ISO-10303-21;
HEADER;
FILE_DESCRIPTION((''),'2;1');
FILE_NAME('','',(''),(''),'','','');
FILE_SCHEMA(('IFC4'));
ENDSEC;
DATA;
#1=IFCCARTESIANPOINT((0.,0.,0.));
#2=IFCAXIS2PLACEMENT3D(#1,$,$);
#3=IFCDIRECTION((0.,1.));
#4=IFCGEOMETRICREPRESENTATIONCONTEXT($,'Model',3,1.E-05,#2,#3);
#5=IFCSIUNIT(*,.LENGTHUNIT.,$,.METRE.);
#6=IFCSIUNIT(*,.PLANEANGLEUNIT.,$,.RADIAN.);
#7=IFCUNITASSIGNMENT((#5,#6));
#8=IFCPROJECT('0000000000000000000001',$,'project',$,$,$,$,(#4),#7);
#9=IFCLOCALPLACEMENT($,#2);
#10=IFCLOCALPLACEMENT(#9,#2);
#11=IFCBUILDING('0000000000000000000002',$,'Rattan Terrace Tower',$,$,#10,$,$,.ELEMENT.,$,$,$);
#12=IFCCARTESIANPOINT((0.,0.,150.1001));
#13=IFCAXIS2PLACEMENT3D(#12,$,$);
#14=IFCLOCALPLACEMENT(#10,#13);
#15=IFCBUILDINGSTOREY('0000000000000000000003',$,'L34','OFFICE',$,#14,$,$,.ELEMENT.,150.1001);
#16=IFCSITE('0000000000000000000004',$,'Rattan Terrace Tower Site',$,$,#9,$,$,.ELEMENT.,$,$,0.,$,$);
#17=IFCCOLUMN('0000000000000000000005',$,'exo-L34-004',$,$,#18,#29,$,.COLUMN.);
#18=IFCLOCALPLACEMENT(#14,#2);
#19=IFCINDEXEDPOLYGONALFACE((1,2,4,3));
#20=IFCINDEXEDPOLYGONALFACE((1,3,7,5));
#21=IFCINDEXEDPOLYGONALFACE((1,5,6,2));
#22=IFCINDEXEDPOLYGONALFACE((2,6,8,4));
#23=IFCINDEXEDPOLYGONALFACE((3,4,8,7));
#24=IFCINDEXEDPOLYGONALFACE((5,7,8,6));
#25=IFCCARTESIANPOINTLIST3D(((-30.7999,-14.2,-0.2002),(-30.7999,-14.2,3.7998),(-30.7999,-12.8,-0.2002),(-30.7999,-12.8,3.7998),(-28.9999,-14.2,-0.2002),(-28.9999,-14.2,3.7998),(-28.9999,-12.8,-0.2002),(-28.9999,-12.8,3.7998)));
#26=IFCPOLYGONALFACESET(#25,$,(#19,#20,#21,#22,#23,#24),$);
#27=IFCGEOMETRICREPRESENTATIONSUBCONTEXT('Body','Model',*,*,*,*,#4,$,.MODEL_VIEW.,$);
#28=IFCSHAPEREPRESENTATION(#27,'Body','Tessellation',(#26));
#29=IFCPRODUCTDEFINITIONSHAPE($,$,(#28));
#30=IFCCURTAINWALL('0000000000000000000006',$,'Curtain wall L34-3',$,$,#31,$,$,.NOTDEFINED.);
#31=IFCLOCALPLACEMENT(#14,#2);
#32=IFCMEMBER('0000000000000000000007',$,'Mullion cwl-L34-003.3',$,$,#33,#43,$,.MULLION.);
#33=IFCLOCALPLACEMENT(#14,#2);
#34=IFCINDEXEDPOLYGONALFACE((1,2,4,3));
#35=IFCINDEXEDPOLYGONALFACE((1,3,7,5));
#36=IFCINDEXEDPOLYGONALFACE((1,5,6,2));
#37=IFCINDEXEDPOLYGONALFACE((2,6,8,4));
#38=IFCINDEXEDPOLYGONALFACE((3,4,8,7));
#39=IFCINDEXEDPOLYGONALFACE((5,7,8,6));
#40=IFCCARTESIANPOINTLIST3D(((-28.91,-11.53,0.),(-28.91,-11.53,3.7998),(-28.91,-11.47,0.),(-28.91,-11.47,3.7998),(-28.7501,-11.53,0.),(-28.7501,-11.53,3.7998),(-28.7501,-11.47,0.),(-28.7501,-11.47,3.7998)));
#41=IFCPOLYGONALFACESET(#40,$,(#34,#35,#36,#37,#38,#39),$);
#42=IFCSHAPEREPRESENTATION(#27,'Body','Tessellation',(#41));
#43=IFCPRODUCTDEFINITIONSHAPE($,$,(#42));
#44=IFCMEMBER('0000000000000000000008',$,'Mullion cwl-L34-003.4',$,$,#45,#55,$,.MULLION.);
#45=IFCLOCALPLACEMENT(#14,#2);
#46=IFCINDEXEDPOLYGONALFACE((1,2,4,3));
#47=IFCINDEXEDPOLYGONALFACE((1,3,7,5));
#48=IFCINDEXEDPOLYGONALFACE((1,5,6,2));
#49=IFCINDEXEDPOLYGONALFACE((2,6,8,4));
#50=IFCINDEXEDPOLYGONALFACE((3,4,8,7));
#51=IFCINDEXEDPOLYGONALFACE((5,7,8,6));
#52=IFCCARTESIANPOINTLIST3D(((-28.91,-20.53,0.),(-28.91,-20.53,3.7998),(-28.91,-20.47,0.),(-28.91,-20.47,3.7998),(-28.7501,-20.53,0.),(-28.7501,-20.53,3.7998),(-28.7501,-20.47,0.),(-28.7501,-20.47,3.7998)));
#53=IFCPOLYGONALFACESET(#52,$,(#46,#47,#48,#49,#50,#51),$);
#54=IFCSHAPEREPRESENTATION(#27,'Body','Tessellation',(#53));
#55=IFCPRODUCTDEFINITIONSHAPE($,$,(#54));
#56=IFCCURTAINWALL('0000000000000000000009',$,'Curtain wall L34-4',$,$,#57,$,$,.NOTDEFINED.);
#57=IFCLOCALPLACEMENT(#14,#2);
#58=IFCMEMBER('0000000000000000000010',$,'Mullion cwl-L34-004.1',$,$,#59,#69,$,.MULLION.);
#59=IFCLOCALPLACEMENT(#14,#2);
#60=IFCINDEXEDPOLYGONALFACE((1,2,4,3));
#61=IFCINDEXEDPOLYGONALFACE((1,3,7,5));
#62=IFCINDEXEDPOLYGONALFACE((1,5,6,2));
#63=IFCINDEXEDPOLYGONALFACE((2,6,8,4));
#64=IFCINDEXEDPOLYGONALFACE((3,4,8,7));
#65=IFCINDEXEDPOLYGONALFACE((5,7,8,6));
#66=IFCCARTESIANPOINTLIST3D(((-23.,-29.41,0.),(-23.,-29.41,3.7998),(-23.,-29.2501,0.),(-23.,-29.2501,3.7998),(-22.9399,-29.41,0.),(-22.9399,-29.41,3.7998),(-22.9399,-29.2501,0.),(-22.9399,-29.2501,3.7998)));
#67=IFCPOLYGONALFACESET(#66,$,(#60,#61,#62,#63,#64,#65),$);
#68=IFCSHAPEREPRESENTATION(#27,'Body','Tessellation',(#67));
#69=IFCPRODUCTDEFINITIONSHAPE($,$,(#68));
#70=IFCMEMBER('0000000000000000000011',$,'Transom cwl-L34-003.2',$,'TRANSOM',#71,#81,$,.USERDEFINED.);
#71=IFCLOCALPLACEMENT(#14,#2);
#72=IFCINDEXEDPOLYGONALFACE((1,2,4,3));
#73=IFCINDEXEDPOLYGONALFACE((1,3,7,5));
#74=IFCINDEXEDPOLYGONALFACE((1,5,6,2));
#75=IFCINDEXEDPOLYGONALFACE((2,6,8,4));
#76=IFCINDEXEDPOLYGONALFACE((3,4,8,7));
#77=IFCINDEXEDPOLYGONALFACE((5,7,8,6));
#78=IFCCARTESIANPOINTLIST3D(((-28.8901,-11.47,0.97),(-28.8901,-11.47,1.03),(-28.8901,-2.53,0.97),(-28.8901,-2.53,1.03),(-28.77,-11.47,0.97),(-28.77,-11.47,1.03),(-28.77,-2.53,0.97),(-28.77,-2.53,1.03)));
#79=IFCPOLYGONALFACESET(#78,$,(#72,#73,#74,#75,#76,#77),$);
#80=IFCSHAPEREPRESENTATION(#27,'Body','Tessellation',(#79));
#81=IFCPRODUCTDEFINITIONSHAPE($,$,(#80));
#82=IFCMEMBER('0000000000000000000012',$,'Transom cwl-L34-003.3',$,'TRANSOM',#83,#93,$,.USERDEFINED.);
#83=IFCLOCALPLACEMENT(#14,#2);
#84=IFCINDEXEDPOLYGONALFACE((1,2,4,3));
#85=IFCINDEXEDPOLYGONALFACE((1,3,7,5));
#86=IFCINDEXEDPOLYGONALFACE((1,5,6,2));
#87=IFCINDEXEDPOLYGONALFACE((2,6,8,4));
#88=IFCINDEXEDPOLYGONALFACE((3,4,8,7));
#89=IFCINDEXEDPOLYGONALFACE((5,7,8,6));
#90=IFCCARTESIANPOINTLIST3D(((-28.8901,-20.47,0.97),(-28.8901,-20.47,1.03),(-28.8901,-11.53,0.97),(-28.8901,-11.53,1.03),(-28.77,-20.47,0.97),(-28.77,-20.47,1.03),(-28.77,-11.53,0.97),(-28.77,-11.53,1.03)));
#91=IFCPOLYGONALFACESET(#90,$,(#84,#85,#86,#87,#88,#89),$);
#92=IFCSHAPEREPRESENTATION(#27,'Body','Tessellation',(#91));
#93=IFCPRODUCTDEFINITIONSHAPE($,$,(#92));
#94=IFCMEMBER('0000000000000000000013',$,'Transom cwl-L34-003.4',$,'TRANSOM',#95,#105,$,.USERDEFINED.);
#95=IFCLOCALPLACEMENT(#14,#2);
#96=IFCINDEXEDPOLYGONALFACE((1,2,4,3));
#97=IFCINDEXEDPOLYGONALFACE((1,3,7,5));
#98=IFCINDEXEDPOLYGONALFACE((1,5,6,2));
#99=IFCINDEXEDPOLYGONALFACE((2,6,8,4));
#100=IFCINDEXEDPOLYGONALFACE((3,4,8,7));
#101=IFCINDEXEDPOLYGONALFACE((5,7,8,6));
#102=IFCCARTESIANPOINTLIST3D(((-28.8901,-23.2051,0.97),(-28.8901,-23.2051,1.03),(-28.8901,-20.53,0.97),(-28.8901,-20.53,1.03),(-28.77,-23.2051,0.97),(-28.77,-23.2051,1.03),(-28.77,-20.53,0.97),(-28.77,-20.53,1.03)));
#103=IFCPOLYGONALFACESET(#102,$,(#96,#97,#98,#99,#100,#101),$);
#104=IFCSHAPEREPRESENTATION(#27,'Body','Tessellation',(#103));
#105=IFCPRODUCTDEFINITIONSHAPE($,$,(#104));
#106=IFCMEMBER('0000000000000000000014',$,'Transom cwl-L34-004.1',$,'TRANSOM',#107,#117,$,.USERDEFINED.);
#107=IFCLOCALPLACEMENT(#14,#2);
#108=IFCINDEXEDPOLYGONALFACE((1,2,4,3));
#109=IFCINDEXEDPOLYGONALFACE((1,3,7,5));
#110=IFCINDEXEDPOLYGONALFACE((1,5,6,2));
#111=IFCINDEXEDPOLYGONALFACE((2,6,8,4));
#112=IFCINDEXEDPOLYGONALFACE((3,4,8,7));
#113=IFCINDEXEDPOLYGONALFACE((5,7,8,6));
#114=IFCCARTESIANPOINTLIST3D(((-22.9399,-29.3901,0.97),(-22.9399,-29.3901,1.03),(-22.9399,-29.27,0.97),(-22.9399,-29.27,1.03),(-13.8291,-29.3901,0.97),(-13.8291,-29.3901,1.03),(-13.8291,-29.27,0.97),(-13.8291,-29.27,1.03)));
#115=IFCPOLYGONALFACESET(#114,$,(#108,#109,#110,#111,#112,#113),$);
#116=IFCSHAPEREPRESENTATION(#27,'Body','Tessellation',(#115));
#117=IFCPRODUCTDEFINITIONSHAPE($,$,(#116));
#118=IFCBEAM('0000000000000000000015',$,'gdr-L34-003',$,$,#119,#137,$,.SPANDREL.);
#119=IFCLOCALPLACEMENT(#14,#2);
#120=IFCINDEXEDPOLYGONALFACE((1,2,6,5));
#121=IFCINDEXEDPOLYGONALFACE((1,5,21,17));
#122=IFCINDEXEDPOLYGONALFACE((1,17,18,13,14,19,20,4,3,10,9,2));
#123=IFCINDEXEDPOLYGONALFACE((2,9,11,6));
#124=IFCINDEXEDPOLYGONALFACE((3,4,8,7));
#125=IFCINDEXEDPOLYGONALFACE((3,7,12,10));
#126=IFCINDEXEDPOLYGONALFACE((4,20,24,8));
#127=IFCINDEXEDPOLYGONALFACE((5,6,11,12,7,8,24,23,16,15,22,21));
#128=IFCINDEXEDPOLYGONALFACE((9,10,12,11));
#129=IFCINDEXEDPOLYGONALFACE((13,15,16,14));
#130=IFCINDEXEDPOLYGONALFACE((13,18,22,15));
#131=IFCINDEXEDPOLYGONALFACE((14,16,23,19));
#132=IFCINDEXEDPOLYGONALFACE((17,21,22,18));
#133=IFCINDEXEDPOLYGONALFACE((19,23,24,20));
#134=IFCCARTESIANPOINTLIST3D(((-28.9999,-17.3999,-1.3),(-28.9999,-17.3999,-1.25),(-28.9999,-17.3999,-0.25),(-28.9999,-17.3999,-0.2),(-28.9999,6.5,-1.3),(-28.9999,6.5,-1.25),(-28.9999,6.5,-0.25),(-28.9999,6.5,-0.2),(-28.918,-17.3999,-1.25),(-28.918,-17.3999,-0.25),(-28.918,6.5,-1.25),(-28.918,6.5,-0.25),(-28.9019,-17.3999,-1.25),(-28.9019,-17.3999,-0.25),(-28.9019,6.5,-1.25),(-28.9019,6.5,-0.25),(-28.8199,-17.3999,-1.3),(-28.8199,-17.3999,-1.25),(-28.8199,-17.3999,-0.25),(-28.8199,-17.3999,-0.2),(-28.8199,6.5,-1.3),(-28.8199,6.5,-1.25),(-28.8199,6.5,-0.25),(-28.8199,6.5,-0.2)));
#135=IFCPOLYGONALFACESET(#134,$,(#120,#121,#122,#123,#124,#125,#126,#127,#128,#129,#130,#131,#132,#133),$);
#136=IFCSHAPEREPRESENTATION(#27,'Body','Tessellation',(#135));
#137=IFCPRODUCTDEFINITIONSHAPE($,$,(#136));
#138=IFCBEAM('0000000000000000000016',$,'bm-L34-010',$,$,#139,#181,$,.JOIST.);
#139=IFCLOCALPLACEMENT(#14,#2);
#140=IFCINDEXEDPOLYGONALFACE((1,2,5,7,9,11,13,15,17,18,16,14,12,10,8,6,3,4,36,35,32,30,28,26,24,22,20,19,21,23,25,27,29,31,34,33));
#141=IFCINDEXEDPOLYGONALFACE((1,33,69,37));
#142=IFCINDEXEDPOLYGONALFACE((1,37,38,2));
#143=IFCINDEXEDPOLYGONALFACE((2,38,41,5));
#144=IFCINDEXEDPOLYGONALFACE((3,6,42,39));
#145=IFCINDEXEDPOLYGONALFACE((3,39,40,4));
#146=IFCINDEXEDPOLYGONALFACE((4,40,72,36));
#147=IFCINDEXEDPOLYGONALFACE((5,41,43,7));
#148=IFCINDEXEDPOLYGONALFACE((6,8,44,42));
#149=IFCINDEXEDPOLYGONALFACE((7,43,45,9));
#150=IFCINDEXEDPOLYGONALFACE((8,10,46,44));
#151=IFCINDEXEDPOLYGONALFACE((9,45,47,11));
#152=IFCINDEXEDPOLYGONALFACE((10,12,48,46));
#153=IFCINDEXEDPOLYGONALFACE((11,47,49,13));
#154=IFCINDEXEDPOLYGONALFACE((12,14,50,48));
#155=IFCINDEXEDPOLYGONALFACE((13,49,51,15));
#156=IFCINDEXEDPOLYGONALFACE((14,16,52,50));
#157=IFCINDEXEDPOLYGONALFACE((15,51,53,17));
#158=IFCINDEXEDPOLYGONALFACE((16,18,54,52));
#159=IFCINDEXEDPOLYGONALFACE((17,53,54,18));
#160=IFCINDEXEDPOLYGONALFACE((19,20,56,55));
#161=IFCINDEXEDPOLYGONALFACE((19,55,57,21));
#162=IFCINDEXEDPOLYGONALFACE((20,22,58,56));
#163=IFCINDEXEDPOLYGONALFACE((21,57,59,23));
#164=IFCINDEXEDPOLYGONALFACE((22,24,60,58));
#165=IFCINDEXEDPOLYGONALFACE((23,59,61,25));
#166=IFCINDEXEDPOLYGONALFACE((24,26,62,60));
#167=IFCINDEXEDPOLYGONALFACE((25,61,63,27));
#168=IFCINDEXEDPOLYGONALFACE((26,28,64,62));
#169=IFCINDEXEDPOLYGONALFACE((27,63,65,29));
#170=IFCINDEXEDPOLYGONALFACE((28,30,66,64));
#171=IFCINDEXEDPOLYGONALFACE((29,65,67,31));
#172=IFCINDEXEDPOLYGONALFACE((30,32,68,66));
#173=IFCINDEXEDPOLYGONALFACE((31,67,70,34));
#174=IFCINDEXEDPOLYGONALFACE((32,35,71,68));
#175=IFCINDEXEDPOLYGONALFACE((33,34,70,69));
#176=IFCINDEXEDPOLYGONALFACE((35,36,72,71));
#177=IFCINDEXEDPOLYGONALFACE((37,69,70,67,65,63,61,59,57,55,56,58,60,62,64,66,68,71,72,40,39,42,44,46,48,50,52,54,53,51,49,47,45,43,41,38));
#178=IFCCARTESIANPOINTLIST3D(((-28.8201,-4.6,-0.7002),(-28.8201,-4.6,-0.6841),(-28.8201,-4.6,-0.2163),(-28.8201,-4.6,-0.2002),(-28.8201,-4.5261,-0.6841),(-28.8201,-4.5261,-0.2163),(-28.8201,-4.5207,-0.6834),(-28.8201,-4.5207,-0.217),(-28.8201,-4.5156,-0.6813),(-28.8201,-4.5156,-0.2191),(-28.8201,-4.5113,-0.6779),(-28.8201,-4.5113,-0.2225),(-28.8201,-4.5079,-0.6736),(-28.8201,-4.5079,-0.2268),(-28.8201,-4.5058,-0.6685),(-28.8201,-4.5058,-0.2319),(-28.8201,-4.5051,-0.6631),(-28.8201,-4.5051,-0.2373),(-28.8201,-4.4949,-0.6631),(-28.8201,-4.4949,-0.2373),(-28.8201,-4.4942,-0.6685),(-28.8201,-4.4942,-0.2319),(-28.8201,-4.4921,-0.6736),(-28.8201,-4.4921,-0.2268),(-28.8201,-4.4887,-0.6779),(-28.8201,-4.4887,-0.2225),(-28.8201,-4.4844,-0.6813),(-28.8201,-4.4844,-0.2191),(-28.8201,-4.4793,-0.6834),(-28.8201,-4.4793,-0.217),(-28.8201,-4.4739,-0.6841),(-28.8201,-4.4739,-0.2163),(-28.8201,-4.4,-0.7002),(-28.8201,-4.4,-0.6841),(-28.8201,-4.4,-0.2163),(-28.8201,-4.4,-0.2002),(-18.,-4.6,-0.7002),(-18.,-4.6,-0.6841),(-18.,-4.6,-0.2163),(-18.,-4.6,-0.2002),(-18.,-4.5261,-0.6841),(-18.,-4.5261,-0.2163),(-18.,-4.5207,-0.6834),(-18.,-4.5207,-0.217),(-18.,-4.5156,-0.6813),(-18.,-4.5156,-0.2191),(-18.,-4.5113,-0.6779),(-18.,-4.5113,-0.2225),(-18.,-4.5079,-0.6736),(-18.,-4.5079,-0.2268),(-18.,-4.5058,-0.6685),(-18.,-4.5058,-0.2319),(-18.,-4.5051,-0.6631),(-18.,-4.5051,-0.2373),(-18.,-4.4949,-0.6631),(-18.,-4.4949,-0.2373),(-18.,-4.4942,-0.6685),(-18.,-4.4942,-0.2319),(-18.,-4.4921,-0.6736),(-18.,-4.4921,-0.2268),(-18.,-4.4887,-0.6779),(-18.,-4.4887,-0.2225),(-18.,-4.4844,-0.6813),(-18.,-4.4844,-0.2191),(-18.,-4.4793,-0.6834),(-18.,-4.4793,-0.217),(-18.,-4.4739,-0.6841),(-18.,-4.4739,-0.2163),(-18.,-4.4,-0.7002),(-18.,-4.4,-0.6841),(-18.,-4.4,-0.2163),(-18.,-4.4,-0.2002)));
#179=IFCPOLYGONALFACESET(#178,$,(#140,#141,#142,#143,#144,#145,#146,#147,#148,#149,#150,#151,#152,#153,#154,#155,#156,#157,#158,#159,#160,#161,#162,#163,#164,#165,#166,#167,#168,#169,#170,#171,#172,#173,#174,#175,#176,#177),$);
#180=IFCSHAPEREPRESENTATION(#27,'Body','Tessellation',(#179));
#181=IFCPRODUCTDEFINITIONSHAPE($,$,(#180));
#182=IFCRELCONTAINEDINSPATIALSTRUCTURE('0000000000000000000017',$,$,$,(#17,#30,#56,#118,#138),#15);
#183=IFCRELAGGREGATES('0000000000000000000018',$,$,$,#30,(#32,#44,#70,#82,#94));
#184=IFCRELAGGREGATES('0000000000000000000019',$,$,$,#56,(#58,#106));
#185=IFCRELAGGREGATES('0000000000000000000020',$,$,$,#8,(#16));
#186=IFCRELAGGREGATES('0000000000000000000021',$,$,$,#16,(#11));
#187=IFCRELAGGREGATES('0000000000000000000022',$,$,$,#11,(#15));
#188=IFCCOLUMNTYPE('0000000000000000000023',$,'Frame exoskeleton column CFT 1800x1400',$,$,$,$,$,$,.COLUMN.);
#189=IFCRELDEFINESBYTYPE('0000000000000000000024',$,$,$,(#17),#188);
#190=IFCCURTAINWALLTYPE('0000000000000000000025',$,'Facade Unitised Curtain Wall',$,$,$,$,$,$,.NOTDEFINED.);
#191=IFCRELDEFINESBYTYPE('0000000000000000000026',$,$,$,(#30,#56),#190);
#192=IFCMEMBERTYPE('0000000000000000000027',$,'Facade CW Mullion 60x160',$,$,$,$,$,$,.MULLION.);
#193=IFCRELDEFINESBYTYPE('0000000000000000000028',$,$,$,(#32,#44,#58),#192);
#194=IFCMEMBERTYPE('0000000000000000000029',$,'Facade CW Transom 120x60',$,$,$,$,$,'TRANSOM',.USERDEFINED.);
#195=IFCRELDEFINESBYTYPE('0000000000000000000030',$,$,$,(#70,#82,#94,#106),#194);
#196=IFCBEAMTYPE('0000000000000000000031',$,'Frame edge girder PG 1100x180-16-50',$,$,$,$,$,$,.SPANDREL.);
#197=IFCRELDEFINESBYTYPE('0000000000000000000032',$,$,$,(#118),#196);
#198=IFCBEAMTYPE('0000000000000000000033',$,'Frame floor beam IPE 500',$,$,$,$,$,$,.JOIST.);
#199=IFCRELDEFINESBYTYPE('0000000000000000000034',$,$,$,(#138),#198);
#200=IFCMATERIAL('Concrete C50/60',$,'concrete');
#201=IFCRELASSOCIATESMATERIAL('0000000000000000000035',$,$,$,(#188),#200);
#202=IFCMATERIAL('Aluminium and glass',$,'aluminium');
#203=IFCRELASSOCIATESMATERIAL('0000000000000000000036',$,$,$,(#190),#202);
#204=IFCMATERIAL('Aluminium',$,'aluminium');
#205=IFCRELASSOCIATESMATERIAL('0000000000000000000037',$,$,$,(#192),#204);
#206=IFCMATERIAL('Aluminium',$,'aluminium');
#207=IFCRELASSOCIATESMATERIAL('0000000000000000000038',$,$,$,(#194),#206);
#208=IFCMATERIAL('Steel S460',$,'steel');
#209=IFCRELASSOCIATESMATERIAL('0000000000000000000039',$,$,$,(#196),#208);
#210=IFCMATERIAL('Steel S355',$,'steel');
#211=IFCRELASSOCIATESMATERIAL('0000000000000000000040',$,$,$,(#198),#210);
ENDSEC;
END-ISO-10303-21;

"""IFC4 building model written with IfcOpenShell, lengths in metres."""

from ifc_helpers import new_model, si_unit, direction, frame, origin, origin_2d, place, context, subcontext, project, spatial, rectangle, i_section, extrude, material, material_profile, profile_set, type_object, element, aggregate, save


model = new_model("IFC4")

# Units and contexts
model_context = context("Model", 3, precision=1e-05, world=origin(), true_north=direction((0.0, 1.0)))
body_context = subcontext(model_context, "Body", "Model", "MODEL_VIEW")
ifc_project = project(units=[si_unit("LENGTHUNIT", "METRE"), si_unit("PLANEANGLEUNIT", "RADIAN")], contexts=[model_context])

# Site, building, storey
site_placement = place(None, origin())
site = spatial("IfcSite", under=ifc_project, at=site_placement, Name="Rattan Terrace Tower Site", CompositionType="ELEMENT", RefElevation=0.0)
building_placement = place(site_placement, origin())
building = spatial("IfcBuilding", under=site, at=building_placement, Name="Rattan Terrace Tower", CompositionType="ELEMENT")
storey_placement = place(building_placement, frame((0.0, 0.0, 150.1001)))
storey = spatial("IfcBuildingStorey", under=building, at=storey_placement, Name="L34", Description="OFFICE", CompositionType="ELEMENT", Elevation=150.1001)

# Column
ifc_material_1 = material(Name="Concrete C50/60", Category="concrete")
ifc_material_profile_1 = material_profile(ifc_material_1, rectangle(XDim=1.3999, YDim=1.8, at=origin_2d()), Name="CFT 1800x1400")
ifc_profile_set_1 = profile_set([ifc_material_profile_1], Name="Concrete C50/60")
column_type = type_object("IfcColumnType", Name="Frame exoskeleton column CFT 1800x1400", PredefinedType="COLUMN", material=ifc_profile_set_1)
column_placement = place(storey_placement, frame((-29.8999, -13.5, -0.2002), z_axis=(0.0, 0.0, 1.0), x_axis=(0.0, 1.0, 0.0)))
element("IfcColumn", 1, at=column_placement, inside=storey, type_object=column_type, Name="exo-L34-004", PredefinedType="COLUMN", context=body_context, shape_type="SweptSolid", body=[
    extrude(rectangle(XDim=1.3999, YDim=1.8, at=origin_2d()), origin(), (0.0, 0.0, 1.0), 4.0),
])

# Curtain wall, members
ifc_material_2 = material(Name="Aluminium and glass", Category="aluminium")
curtain_wall_type = type_object("IfcCurtainWallType", Name="Facade Unitised Curtain Wall", PredefinedType="NOTDEFINED", material=ifc_material_2)
curtain_wall_1_placement = place(storey_placement, origin())
curtain_wall_1 = element("IfcCurtainWall", 2, at=curtain_wall_1_placement, inside=storey, type_object=curtain_wall_type, Name="Curtain wall L34-3", PredefinedType="NOTDEFINED")
ifc_material_3 = material(Name="Aluminium", Category="aluminium")
ifc_material_profile_2 = material_profile(ifc_material_3, rectangle(XDim=0.0601, YDim=0.1599, at=origin_2d()), Name="Aluminium 60x160")
ifc_profile_set_2 = profile_set([ifc_material_profile_2], Name="Aluminium")
member_type_1 = type_object("IfcMemberType", Name="Facade CW Mullion 60x160", PredefinedType="MULLION", material=ifc_profile_set_2)
member_1_placement = place(storey_placement, frame((-28.8301, -11.5, 0.0), z_axis=(0.0, 0.0, 1.0), x_axis=(0.0, -1.0, 0.0)))
member_1 = element("IfcMember", 3, at=member_1_placement, type_object=member_type_1, Name="Mullion cwl-L34-003.3", PredefinedType="MULLION", context=body_context, shape_type="SweptSolid", body=[
    extrude(rectangle(XDim=0.0601, YDim=0.1599, at=origin_2d()), origin(), (0.0, 0.0, 1.0), 3.7998),
])
member_2_placement = place(storey_placement, frame((-28.8301, -20.5, 0.0), z_axis=(0.0, 0.0, 1.0), x_axis=(0.0, -1.0, 0.0)))
member_2 = element("IfcMember", 4, at=member_2_placement, type_object=member_type_1, Name="Mullion cwl-L34-003.4", PredefinedType="MULLION", context=body_context, shape_type="SweptSolid", body=[
    extrude(rectangle(XDim=0.0601, YDim=0.1599, at=origin_2d()), origin(), (0.0, 0.0, 1.0), 3.7998),
])

# Curtain wall, member
curtain_wall_2_placement = place(storey_placement, origin())
curtain_wall_2 = element("IfcCurtainWall", 5, at=curtain_wall_2_placement, inside=storey, type_object=curtain_wall_type, Name="Curtain wall L34-4", PredefinedType="NOTDEFINED")
member_3_placement = place(storey_placement, frame((-22.97, -29.3301, 0.0), z_axis=(0.0, 0.0, 1.0), x_axis=(1.0, 0.0, 0.0)))
member_3 = element("IfcMember", 6, at=member_3_placement, type_object=member_type_1, Name="Mullion cwl-L34-004.1", PredefinedType="MULLION", context=body_context, shape_type="SweptSolid", body=[
    extrude(rectangle(XDim=0.0601, YDim=0.1599, at=origin_2d()), origin(), (0.0, 0.0, 1.0), 3.7998),
])

# Members
ifc_material_4 = material(Name="Aluminium", Category="aluminium")
ifc_material_profile_3 = material_profile(ifc_material_4, rectangle(XDim=0.1201, YDim=0.0601, at=origin_2d()), Name="Aluminium 120x60")
ifc_profile_set_3 = profile_set([ifc_material_profile_3], Name="Aluminium")
member_type_2 = type_object("IfcMemberType", Name="Facade CW Transom 120x60", ElementType="TRANSOM", PredefinedType="USERDEFINED", material=ifc_profile_set_3)
member_4_placement = place(storey_placement, frame((-28.8301, -2.53, 1.0), z_axis=(0.0, -1.0, 0.0), x_axis=(1.0, 0.0, 0.0)))
member_4 = element("IfcMember", 7, at=member_4_placement, type_object=member_type_2, Name="Transom cwl-L34-003.2", ObjectType="TRANSOM", PredefinedType="USERDEFINED", context=body_context, shape_type="SweptSolid", body=[
    extrude(rectangle(XDim=0.1201, YDim=0.0601, at=origin_2d()), origin(), (0.0, 0.0, 1.0), 8.9399),
])
member_5_placement = place(storey_placement, frame((-28.8301, -11.53, 1.0), z_axis=(0.0, -1.0, 0.0), x_axis=(1.0, 0.0, 0.0)))
member_5 = element("IfcMember", 8, at=member_5_placement, type_object=member_type_2, Name="Transom cwl-L34-003.3", ObjectType="TRANSOM", PredefinedType="USERDEFINED", context=body_context, shape_type="SweptSolid", body=[
    extrude(rectangle(XDim=0.1201, YDim=0.0601, at=origin_2d()), origin(), (0.0, 0.0, 1.0), 8.9399),
])
member_6_placement = place(storey_placement, frame((-28.8301, -20.53, 1.0), z_axis=(0.0, -1.0, 0.0), x_axis=(1.0, 0.0, 0.0)))
member_6 = element("IfcMember", 9, at=member_6_placement, type_object=member_type_2, Name="Transom cwl-L34-003.4", ObjectType="TRANSOM", PredefinedType="USERDEFINED", context=body_context, shape_type="SweptSolid", body=[
    extrude(rectangle(XDim=0.1201, YDim=0.0601, at=origin_2d()), origin(), (0.0, 0.0, 1.0), 2.675),
])
member_7_placement = place(storey_placement, frame((-22.9399, -29.3301, 1.0), z_axis=(1.0, 0.0, 0.0), x_axis=(0.0, 1.0, 0.0)))
member_7 = element("IfcMember", 10, at=member_7_placement, type_object=member_type_2, Name="Transom cwl-L34-004.1", ObjectType="TRANSOM", PredefinedType="USERDEFINED", context=body_context, shape_type="SweptSolid", body=[
    extrude(rectangle(XDim=0.1201, YDim=0.0601, at=origin_2d()), origin(), (0.0, 0.0, 1.0), 9.1108),
])

# Beams
ifc_material_5 = material(Name="Steel S460", Category="steel")
ifc_material_profile_4 = material_profile(ifc_material_5, i_section(OverallWidth=0.1799, OverallDepth=1.1001, WebThickness=0.0161, FlangeThickness=0.05, at=origin_2d()), Name="PG 1100x180-16-50")
ifc_profile_set_4 = profile_set([ifc_material_profile_4], Name="Steel S460")
beam_type_1 = type_object("IfcBeamType", Name="Frame edge girder PG 1100x180-16-50", PredefinedType="SPANDREL", material=ifc_profile_set_4)
beam_1_placement = place(storey_placement, frame((-28.9099, -17.3999, -0.75), z_axis=(0.0, 1.0, 0.0), x_axis=(-1.0, 0.0, 0.0)))
element("IfcBeam", 11, at=beam_1_placement, inside=storey, type_object=beam_type_1, Name="gdr-L34-003", PredefinedType="SPANDREL", context=body_context, shape_type="SweptSolid", body=[
    extrude(i_section(OverallWidth=0.1799, OverallDepth=1.1001, WebThickness=0.0161, FlangeThickness=0.05, at=origin_2d()), origin(), (0.0, 0.0, 1.0), 23.8999),
])
ifc_material_6 = material(Name="Steel S355", Category="steel")
ifc_material_profile_5 = material_profile(ifc_material_6, i_section(OverallWidth=0.2, OverallDepth=0.5, WebThickness=0.0103, FlangeThickness=0.0161, FilletRadius=0.021, at=origin_2d()), Name="IPE 500")
ifc_profile_set_5 = profile_set([ifc_material_profile_5], Name="Steel S355")
beam_type_2 = type_object("IfcBeamType", Name="Frame floor beam IPE 500", PredefinedType="JOIST", material=ifc_profile_set_5)
beam_2_placement = place(storey_placement, frame((-28.8201, -4.5, -0.4502), z_axis=(1.0, 0.0, 0.0), x_axis=(0.0, 1.0, 0.0)))
element("IfcBeam", 12, at=beam_2_placement, inside=storey, type_object=beam_type_2, Name="bm-L34-010", PredefinedType="JOIST", context=body_context, shape_type="SweptSolid", body=[
    extrude(i_section(OverallWidth=0.2, OverallDepth=0.5, WebThickness=0.0103, FlangeThickness=0.0161, FilletRadius=0.021, at=origin_2d()), origin(), (0.0, 0.0, 1.0), 10.8201),
])

aggregate(curtain_wall_1, [member_1, member_2, member_4, member_5, member_6])
aggregate(curtain_wall_2, [member_3, member_7])

save(model, "model.ifc")
